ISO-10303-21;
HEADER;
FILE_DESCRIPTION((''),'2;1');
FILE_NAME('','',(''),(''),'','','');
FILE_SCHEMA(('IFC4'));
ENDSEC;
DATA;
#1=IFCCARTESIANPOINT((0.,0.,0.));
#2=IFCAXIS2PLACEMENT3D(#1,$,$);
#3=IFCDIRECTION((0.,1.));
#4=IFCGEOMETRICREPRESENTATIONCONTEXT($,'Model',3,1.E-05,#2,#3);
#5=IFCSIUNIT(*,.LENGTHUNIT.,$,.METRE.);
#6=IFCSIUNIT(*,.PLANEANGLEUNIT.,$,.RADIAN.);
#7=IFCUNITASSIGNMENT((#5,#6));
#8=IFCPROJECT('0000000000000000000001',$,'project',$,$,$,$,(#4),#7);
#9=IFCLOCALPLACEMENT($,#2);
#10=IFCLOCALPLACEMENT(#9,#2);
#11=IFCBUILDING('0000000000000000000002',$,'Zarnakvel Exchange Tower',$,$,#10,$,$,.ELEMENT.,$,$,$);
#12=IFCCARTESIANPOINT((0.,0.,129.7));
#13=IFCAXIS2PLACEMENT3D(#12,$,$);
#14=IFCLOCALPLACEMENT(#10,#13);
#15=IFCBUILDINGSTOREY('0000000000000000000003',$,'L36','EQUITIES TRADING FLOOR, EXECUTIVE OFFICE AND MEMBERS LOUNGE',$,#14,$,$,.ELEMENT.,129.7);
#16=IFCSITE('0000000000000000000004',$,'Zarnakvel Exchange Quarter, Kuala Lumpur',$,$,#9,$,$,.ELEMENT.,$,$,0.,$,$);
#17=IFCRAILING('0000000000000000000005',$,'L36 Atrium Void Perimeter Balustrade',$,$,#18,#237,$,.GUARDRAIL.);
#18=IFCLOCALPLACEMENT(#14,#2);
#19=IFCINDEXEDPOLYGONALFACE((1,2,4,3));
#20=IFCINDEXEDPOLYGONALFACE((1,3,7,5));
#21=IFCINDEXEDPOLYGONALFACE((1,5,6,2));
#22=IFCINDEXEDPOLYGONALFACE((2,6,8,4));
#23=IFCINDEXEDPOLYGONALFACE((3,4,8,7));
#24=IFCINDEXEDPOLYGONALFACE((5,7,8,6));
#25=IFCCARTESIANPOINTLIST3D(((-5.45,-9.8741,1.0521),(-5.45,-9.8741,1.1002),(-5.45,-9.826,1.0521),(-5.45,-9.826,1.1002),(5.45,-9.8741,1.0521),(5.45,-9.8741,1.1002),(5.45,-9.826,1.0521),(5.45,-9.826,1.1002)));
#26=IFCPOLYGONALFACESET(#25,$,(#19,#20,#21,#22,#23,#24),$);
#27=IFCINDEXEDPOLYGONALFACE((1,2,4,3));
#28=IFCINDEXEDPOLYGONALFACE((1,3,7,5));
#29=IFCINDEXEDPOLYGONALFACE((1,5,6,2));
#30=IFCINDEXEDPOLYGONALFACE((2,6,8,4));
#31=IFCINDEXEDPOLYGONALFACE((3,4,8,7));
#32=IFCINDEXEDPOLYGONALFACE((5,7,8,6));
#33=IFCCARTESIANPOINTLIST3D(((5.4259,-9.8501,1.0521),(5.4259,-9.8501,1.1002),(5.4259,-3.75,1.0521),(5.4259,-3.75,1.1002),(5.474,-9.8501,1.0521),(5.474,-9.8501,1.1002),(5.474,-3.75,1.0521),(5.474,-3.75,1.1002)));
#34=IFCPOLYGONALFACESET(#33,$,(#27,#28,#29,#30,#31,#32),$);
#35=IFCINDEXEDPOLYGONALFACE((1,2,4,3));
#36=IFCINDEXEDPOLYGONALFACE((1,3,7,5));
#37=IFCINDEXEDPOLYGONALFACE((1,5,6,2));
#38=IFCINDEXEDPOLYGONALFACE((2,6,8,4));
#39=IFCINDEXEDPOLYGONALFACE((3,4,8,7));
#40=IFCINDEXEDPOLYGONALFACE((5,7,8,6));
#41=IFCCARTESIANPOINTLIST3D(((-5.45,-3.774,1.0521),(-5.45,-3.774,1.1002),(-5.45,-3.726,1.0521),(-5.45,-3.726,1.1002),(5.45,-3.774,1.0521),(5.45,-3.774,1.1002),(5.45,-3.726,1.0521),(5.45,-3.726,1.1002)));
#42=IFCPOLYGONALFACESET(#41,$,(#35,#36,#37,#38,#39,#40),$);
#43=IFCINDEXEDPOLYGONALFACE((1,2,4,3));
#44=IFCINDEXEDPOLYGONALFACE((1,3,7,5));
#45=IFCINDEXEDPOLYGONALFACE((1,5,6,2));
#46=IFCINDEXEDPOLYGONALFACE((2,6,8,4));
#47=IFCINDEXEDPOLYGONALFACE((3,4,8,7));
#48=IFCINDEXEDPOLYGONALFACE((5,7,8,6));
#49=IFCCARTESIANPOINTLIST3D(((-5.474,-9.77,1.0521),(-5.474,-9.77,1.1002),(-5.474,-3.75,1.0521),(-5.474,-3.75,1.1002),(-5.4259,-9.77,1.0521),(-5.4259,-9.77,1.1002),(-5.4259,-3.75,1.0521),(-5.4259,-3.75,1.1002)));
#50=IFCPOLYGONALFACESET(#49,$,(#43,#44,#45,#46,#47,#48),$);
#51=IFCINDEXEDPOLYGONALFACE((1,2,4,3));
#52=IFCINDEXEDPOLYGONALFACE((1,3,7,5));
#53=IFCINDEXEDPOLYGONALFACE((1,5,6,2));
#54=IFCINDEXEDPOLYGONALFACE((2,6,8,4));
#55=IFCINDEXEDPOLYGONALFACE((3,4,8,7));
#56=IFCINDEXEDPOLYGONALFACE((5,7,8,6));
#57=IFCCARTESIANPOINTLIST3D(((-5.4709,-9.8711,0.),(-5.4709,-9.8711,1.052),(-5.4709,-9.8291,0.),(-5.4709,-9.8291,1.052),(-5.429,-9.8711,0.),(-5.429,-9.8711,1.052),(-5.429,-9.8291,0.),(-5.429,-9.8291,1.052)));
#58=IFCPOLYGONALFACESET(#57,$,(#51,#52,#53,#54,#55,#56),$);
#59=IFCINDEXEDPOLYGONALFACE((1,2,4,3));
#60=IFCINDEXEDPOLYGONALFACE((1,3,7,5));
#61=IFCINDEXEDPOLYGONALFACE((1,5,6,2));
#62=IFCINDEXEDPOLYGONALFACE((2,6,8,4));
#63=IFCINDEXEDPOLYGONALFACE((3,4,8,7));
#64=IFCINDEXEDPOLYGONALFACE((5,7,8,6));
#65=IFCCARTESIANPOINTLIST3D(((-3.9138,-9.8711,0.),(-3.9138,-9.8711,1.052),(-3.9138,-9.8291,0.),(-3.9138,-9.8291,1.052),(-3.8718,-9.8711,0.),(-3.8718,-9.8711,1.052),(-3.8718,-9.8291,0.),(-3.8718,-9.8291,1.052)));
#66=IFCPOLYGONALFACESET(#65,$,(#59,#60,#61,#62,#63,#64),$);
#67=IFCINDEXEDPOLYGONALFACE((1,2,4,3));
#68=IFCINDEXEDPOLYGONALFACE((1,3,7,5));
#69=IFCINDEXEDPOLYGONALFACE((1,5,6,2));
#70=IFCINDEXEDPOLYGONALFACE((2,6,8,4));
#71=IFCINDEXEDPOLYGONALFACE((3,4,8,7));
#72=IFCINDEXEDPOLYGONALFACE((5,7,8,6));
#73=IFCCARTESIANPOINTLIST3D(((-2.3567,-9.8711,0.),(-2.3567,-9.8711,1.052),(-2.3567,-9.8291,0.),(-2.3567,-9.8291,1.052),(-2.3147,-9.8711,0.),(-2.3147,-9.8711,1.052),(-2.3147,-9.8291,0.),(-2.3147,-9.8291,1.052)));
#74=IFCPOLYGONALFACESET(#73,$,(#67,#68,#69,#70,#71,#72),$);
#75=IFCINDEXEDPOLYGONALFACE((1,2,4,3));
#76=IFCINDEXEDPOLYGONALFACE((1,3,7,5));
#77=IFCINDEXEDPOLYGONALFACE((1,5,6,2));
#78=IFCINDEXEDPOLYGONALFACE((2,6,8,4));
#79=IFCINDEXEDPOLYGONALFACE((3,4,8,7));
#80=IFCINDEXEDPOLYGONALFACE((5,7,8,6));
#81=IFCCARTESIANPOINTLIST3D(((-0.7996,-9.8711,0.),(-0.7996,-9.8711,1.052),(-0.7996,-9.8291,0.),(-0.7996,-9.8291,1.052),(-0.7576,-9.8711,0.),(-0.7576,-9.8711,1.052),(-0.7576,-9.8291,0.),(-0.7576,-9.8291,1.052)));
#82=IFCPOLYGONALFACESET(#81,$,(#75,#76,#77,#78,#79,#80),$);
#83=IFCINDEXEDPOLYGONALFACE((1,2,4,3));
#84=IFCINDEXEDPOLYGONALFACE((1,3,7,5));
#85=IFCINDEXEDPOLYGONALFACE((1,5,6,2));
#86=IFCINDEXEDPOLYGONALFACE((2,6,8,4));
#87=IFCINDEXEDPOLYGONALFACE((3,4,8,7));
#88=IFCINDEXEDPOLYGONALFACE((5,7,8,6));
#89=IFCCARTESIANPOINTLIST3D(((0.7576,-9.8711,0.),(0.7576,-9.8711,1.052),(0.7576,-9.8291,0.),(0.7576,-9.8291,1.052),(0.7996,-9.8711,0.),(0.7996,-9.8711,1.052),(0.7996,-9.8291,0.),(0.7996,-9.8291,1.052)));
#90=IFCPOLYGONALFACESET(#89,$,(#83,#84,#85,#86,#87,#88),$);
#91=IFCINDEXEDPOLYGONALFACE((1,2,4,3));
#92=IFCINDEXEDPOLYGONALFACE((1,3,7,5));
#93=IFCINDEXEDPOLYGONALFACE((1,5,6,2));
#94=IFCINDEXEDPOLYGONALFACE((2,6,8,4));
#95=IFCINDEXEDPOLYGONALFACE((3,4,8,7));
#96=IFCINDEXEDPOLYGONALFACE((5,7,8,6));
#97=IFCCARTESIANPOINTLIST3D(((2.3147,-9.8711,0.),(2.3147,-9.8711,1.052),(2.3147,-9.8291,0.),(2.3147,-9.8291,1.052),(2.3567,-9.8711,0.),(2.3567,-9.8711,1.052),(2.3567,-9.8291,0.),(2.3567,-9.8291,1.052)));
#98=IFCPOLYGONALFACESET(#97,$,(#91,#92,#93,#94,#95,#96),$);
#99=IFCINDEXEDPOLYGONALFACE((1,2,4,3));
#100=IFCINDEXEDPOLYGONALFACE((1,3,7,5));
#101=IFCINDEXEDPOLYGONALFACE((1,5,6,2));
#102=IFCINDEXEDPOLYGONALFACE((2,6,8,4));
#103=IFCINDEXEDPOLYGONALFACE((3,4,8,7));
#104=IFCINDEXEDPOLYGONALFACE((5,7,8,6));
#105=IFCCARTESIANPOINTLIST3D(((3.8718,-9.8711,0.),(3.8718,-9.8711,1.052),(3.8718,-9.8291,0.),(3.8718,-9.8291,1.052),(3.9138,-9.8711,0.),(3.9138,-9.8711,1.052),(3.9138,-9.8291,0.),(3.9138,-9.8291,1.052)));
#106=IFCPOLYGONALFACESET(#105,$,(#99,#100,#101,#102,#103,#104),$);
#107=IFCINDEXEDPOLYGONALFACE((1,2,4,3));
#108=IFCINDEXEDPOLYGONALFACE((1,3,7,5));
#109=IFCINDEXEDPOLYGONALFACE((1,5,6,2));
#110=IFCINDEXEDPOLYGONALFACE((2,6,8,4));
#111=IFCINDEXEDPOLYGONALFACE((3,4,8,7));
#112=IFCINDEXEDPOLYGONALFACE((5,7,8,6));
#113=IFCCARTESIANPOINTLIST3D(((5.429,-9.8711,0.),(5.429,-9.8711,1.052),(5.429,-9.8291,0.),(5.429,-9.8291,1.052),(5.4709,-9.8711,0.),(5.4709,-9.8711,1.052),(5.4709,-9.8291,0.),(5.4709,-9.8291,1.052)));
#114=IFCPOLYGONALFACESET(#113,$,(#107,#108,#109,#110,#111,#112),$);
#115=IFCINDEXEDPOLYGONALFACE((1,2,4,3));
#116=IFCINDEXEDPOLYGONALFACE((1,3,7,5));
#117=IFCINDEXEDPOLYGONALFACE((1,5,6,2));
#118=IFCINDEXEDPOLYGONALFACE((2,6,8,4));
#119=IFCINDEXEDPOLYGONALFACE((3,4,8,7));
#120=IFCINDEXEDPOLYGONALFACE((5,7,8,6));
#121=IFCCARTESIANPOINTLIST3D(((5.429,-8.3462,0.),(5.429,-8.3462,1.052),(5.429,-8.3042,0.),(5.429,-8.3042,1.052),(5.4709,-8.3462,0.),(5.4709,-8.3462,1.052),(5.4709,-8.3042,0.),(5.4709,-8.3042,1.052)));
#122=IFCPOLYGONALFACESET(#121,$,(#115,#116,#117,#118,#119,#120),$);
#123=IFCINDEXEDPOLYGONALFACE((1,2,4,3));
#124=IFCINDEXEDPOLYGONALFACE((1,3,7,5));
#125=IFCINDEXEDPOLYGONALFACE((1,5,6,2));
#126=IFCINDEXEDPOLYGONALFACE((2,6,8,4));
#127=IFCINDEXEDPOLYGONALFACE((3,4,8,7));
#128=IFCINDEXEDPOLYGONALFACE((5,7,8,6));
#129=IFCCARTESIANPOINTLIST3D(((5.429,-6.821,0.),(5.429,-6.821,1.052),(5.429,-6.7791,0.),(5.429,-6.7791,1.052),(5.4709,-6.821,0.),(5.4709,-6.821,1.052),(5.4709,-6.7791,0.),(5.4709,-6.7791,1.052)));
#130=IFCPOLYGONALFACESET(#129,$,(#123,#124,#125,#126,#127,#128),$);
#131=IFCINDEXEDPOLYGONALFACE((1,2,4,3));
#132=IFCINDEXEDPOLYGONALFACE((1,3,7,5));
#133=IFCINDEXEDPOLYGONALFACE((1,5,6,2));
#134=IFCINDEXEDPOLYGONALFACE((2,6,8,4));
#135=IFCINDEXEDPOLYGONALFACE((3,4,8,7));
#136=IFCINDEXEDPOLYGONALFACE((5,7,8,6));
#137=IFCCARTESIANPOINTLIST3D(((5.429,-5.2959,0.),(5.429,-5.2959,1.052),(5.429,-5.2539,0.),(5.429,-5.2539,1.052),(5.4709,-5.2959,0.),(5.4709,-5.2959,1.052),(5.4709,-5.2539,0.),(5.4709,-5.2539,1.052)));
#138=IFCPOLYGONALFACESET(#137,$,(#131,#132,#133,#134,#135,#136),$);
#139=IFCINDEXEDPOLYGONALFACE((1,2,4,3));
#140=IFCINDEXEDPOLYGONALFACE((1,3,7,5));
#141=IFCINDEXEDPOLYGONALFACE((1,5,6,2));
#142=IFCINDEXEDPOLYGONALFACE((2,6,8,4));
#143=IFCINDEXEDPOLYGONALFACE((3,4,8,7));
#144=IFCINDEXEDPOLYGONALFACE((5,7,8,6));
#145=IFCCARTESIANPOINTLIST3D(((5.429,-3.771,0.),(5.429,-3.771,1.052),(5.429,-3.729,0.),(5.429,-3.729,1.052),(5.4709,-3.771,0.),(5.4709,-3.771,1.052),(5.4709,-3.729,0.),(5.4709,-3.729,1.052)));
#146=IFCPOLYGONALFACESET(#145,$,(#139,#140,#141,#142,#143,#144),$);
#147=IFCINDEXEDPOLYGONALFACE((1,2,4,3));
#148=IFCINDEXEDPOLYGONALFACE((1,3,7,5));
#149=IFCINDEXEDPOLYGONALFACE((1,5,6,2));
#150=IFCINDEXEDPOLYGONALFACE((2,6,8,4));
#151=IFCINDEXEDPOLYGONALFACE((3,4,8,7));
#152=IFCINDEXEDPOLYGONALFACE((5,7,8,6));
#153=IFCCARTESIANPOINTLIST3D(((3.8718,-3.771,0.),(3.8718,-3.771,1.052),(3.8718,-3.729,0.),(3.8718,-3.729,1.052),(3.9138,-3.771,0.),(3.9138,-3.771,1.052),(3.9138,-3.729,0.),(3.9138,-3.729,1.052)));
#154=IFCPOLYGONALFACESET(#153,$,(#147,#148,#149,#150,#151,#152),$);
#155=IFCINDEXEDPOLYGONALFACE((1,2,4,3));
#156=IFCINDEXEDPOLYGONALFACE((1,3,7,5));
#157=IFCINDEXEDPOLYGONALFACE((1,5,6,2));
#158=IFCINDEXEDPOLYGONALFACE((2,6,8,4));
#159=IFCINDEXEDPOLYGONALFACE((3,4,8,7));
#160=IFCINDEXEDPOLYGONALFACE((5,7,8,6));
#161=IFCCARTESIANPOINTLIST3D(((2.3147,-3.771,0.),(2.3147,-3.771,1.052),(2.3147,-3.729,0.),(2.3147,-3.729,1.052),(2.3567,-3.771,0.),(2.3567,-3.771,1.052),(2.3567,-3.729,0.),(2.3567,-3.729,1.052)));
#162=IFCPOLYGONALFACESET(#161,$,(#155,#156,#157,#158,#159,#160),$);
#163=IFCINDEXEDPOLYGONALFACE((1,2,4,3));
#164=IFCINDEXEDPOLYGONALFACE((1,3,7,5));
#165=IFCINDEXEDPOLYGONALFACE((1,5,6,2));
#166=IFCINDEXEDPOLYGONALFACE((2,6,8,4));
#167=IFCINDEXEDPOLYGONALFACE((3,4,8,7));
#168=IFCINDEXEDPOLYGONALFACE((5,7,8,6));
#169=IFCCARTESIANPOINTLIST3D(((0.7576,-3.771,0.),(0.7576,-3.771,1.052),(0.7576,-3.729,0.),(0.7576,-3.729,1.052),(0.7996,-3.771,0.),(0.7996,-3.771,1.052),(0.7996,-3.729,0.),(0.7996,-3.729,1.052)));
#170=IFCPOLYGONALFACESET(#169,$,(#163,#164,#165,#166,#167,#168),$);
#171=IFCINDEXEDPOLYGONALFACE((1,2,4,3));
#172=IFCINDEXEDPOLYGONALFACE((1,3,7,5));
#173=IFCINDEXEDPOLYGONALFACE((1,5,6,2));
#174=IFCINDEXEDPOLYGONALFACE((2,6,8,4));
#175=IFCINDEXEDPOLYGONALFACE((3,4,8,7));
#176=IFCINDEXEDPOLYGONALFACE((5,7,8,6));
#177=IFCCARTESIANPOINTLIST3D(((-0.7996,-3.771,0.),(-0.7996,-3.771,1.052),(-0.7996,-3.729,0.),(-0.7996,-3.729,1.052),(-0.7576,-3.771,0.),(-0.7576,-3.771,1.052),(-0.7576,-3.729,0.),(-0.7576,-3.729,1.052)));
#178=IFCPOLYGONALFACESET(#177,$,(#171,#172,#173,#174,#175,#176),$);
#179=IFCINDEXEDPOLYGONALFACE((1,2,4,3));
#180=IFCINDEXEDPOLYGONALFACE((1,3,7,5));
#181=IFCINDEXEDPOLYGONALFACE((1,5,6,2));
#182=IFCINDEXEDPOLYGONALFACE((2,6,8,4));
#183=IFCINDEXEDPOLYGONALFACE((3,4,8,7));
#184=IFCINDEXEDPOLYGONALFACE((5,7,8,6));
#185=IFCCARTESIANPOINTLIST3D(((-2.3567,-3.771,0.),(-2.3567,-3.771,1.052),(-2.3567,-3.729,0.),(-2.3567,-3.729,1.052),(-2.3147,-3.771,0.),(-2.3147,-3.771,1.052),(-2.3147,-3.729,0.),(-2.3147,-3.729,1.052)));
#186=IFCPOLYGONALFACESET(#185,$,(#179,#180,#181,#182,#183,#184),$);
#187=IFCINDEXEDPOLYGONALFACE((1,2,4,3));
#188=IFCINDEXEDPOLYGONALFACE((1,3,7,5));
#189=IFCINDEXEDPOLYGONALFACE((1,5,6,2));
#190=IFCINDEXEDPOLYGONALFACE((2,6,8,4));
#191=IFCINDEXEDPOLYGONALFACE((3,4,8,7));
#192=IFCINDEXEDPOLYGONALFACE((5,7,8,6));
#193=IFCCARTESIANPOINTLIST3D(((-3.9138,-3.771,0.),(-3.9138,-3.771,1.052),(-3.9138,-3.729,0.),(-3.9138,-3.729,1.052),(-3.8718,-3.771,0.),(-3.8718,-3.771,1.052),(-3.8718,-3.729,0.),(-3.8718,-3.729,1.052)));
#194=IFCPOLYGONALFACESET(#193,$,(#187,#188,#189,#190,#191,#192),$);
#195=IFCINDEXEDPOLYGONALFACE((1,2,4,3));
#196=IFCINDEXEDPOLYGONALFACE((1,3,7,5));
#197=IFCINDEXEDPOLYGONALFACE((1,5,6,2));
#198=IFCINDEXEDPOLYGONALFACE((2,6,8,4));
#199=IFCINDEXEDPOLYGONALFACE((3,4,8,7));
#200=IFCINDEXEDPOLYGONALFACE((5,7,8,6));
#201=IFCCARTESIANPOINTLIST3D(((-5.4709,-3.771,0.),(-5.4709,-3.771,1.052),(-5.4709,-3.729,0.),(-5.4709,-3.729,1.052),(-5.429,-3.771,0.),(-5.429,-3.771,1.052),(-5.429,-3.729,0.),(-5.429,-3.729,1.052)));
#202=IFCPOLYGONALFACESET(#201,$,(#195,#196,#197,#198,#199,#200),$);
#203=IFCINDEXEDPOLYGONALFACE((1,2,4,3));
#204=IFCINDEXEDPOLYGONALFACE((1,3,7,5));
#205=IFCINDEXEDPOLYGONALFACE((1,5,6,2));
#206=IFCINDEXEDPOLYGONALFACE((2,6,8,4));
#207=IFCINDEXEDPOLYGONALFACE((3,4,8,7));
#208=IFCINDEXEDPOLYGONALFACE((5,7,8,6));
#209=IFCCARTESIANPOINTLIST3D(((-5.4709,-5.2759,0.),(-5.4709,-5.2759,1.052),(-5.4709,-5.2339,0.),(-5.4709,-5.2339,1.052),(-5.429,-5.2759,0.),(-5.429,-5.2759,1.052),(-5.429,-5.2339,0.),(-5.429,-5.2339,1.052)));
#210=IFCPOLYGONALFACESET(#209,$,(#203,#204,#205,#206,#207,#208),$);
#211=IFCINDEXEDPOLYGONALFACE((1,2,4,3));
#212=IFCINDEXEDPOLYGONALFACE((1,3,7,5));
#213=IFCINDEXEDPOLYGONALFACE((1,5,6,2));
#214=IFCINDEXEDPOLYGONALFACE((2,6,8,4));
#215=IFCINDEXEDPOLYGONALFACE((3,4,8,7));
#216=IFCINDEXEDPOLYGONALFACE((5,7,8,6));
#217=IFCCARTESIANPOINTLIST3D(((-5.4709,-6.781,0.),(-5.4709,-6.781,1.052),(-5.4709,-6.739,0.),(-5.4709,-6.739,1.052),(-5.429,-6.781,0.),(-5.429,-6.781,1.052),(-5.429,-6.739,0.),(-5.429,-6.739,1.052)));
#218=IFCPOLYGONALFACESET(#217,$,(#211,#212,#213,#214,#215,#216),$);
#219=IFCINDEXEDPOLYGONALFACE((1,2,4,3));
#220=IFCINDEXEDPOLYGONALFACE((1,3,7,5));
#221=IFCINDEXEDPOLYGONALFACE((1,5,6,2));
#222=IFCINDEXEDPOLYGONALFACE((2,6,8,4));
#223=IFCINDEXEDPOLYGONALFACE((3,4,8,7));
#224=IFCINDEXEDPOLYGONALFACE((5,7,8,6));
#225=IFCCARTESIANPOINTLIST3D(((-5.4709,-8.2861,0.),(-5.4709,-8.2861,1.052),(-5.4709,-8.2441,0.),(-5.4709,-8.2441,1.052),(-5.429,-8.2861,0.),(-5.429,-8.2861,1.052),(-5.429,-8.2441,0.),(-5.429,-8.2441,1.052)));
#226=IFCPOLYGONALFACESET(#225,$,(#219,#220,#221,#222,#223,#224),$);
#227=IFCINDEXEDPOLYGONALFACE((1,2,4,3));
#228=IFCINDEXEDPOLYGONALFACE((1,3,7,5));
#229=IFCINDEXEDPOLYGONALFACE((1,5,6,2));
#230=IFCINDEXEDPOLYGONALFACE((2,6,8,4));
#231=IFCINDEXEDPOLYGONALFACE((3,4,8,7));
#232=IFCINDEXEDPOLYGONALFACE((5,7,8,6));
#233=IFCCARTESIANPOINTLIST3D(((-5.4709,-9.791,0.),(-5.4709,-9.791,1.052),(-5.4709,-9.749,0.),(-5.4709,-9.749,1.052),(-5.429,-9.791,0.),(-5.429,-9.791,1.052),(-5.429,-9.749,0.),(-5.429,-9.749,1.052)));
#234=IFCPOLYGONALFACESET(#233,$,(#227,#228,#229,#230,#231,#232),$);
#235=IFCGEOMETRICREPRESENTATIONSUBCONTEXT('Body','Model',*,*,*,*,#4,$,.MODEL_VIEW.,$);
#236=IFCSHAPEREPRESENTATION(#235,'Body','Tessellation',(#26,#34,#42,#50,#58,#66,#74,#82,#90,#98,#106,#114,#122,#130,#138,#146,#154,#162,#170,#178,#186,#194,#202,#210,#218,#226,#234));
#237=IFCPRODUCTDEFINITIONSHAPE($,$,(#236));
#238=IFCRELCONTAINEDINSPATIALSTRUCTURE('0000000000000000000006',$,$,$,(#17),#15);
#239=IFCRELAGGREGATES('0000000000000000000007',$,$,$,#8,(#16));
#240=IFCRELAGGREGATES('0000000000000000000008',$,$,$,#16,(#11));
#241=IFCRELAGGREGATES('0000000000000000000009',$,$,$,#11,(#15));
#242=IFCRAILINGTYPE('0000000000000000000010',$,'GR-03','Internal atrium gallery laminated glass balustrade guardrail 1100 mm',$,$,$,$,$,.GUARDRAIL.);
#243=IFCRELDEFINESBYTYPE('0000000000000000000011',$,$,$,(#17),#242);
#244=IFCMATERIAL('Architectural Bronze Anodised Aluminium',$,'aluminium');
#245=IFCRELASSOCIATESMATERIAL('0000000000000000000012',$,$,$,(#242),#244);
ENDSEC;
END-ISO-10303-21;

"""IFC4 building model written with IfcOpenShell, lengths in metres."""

from ifc_helpers import new_model, si_unit, direction, frame, origin, origin_2d, place, context, subcontext, project, spatial, rectangle, extrude, material, type_object, element, save


model = new_model("IFC4")

# Units and contexts
model_context = context("Model", 3, precision=1e-05, world=origin(), true_north=direction((0.0, 1.0)))
body_context = subcontext(model_context, "Body", "Model", "MODEL_VIEW")
ifc_project = project(units=[si_unit("LENGTHUNIT", "METRE"), si_unit("PLANEANGLEUNIT", "RADIAN")], contexts=[model_context])

# Site, building, storey
site_placement = place(None, origin())
site = spatial("IfcSite", under=ifc_project, at=site_placement, Name="Zarnakvel Exchange Quarter, Kuala Lumpur", CompositionType="ELEMENT", RefElevation=0.0)
building_placement = place(site_placement, origin())
building = spatial("IfcBuilding", under=site, at=building_placement, Name="Zarnakvel Exchange Tower", CompositionType="ELEMENT")
storey_placement = place(building_placement, frame((0.0, 0.0, 129.7)))
storey = spatial("IfcBuildingStorey", under=building, at=storey_placement, Name="L36", Description="EQUITIES TRADING FLOOR, EXECUTIVE OFFICE AND MEMBERS LOUNGE", CompositionType="ELEMENT", Elevation=129.7)

# Shared definitions
ifc_material_1 = material(Name="Architectural Bronze Anodised Aluminium", Category="aluminium")

# Railing
railing_type_1 = type_object("IfcRailingType", Name="GR-03", Description="Internal atrium gallery laminated glass balustrade guardrail 1100 mm", PredefinedType="GUARDRAIL", material=ifc_material_1)
railing_1_placement = place(storey_placement, frame((-5.45, -9.8501, 0.0)))
element("IfcRailing", 1, at=railing_1_placement, inside=storey, type_object=railing_type_1, Name="L36 Atrium Void Perimeter Balustrade", PredefinedType="GUARDRAIL", context=body_context, shape_type="SweptSolid", body=[
    extrude(rectangle(XDim=0.0481, YDim=0.0481, at=origin_2d()), frame((0.0, 0.0, 1.0762), z_axis=(1.0, 0.0, 0.0), x_axis=(0.0, 1.0, 0.0)), (0.0, 0.0, 1.0), 10.8999),
    extrude(rectangle(XDim=0.0481, YDim=0.0481, at=origin_2d()), frame((10.8999, 0.0, 1.0762), z_axis=(0.0, 1.0, 0.0), x_axis=(-1.0, 0.0, 0.0)), (0.0, 0.0, 1.0), 6.1001),
    extrude(rectangle(XDim=0.0481, YDim=0.0481, at=origin_2d()), frame((10.8999, 6.1001, 1.0762), z_axis=(-1.0, 0.0, 0.0), x_axis=(0.0, -1.0, 0.0)), (0.0, 0.0, 1.0), 10.8999),
    extrude(rectangle(XDim=0.0481, YDim=0.0481, at=origin_2d()), frame((0.0, 6.1001, 1.0762), z_axis=(0.0, -1.0, 0.0), x_axis=(1.0, 0.0, 0.0)), (0.0, 0.0, 1.0), 6.02),
    extrude(rectangle(XDim=0.042, YDim=0.042, at=origin_2d()), origin(), (0.0, 0.0, 1.0), 1.052),
    extrude(rectangle(XDim=0.042, YDim=0.042, at=origin_2d()), frame((1.5571, 0.0, 0.0)), (0.0, 0.0, 1.0), 1.052),
    extrude(rectangle(XDim=0.042, YDim=0.042, at=origin_2d()), frame((3.1143, 0.0, 0.0)), (0.0, 0.0, 1.0), 1.052),
    extrude(rectangle(XDim=0.042, YDim=0.042, at=origin_2d()), frame((4.6714, 0.0, 0.0)), (0.0, 0.0, 1.0), 1.052),
    extrude(rectangle(XDim=0.042, YDim=0.042, at=origin_2d()), frame((6.2285, 0.0, 0.0)), (0.0, 0.0, 1.0), 1.052),
    extrude(rectangle(XDim=0.042, YDim=0.042, at=origin_2d()), frame((7.7856, 0.0, 0.0)), (0.0, 0.0, 1.0), 1.052),
    extrude(rectangle(XDim=0.042, YDim=0.042, at=origin_2d()), frame((9.3428, 0.0, 0.0)), (0.0, 0.0, 1.0), 1.052),
    extrude(rectangle(XDim=0.042, YDim=0.042, at=origin_2d()), frame((10.8999, 0.0, 0.0)), (0.0, 0.0, 1.0), 1.052),
    extrude(rectangle(XDim=0.042, YDim=0.042, at=origin_2d()), frame((10.8999, 1.5249, 0.0)), (0.0, 0.0, 1.0), 1.052),
    extrude(rectangle(XDim=0.042, YDim=0.042, at=origin_2d()), frame((10.8999, 3.05, 0.0)), (0.0, 0.0, 1.0), 1.052),
    extrude(rectangle(XDim=0.042, YDim=0.042, at=origin_2d()), frame((10.8999, 4.5752, 0.0)), (0.0, 0.0, 1.0), 1.052),
    extrude(rectangle(XDim=0.042, YDim=0.042, at=origin_2d()), frame((10.8999, 6.1001, 0.0)), (0.0, 0.0, 1.0), 1.052),
    extrude(rectangle(XDim=0.042, YDim=0.042, at=origin_2d()), frame((9.3428, 6.1001, 0.0)), (0.0, 0.0, 1.0), 1.052),
    extrude(rectangle(XDim=0.042, YDim=0.042, at=origin_2d()), frame((7.7856, 6.1001, 0.0)), (0.0, 0.0, 1.0), 1.052),
    extrude(rectangle(XDim=0.042, YDim=0.042, at=origin_2d()), frame((6.2285, 6.1001, 0.0)), (0.0, 0.0, 1.0), 1.052),
    extrude(rectangle(XDim=0.042, YDim=0.042, at=origin_2d()), frame((4.6714, 6.1001, 0.0)), (0.0, 0.0, 1.0), 1.052),
    extrude(rectangle(XDim=0.042, YDim=0.042, at=origin_2d()), frame((3.1143, 6.1001, 0.0)), (0.0, 0.0, 1.0), 1.052),
    extrude(rectangle(XDim=0.042, YDim=0.042, at=origin_2d()), frame((1.5571, 6.1001, 0.0)), (0.0, 0.0, 1.0), 1.052),
    extrude(rectangle(XDim=0.042, YDim=0.042, at=origin_2d()), frame((0.0, 6.1001, 0.0)), (0.0, 0.0, 1.0), 1.052),
    extrude(rectangle(XDim=0.042, YDim=0.042, at=origin_2d()), frame((0.0, 4.5952, 0.0)), (0.0, 0.0, 1.0), 1.052),
    extrude(rectangle(XDim=0.042, YDim=0.042, at=origin_2d()), frame((0.0, 3.0901, 0.0)), (0.0, 0.0, 1.0), 1.052),
    extrude(rectangle(XDim=0.042, YDim=0.042, at=origin_2d()), frame((0.0, 1.585, 0.0)), (0.0, 0.0, 1.0), 1.052),
    extrude(rectangle(XDim=0.042, YDim=0.042, at=origin_2d()), frame((0.0, 0.0801, 0.0)), (0.0, 0.0, 1.0), 1.052),
])

save(model, "model.ifc")
